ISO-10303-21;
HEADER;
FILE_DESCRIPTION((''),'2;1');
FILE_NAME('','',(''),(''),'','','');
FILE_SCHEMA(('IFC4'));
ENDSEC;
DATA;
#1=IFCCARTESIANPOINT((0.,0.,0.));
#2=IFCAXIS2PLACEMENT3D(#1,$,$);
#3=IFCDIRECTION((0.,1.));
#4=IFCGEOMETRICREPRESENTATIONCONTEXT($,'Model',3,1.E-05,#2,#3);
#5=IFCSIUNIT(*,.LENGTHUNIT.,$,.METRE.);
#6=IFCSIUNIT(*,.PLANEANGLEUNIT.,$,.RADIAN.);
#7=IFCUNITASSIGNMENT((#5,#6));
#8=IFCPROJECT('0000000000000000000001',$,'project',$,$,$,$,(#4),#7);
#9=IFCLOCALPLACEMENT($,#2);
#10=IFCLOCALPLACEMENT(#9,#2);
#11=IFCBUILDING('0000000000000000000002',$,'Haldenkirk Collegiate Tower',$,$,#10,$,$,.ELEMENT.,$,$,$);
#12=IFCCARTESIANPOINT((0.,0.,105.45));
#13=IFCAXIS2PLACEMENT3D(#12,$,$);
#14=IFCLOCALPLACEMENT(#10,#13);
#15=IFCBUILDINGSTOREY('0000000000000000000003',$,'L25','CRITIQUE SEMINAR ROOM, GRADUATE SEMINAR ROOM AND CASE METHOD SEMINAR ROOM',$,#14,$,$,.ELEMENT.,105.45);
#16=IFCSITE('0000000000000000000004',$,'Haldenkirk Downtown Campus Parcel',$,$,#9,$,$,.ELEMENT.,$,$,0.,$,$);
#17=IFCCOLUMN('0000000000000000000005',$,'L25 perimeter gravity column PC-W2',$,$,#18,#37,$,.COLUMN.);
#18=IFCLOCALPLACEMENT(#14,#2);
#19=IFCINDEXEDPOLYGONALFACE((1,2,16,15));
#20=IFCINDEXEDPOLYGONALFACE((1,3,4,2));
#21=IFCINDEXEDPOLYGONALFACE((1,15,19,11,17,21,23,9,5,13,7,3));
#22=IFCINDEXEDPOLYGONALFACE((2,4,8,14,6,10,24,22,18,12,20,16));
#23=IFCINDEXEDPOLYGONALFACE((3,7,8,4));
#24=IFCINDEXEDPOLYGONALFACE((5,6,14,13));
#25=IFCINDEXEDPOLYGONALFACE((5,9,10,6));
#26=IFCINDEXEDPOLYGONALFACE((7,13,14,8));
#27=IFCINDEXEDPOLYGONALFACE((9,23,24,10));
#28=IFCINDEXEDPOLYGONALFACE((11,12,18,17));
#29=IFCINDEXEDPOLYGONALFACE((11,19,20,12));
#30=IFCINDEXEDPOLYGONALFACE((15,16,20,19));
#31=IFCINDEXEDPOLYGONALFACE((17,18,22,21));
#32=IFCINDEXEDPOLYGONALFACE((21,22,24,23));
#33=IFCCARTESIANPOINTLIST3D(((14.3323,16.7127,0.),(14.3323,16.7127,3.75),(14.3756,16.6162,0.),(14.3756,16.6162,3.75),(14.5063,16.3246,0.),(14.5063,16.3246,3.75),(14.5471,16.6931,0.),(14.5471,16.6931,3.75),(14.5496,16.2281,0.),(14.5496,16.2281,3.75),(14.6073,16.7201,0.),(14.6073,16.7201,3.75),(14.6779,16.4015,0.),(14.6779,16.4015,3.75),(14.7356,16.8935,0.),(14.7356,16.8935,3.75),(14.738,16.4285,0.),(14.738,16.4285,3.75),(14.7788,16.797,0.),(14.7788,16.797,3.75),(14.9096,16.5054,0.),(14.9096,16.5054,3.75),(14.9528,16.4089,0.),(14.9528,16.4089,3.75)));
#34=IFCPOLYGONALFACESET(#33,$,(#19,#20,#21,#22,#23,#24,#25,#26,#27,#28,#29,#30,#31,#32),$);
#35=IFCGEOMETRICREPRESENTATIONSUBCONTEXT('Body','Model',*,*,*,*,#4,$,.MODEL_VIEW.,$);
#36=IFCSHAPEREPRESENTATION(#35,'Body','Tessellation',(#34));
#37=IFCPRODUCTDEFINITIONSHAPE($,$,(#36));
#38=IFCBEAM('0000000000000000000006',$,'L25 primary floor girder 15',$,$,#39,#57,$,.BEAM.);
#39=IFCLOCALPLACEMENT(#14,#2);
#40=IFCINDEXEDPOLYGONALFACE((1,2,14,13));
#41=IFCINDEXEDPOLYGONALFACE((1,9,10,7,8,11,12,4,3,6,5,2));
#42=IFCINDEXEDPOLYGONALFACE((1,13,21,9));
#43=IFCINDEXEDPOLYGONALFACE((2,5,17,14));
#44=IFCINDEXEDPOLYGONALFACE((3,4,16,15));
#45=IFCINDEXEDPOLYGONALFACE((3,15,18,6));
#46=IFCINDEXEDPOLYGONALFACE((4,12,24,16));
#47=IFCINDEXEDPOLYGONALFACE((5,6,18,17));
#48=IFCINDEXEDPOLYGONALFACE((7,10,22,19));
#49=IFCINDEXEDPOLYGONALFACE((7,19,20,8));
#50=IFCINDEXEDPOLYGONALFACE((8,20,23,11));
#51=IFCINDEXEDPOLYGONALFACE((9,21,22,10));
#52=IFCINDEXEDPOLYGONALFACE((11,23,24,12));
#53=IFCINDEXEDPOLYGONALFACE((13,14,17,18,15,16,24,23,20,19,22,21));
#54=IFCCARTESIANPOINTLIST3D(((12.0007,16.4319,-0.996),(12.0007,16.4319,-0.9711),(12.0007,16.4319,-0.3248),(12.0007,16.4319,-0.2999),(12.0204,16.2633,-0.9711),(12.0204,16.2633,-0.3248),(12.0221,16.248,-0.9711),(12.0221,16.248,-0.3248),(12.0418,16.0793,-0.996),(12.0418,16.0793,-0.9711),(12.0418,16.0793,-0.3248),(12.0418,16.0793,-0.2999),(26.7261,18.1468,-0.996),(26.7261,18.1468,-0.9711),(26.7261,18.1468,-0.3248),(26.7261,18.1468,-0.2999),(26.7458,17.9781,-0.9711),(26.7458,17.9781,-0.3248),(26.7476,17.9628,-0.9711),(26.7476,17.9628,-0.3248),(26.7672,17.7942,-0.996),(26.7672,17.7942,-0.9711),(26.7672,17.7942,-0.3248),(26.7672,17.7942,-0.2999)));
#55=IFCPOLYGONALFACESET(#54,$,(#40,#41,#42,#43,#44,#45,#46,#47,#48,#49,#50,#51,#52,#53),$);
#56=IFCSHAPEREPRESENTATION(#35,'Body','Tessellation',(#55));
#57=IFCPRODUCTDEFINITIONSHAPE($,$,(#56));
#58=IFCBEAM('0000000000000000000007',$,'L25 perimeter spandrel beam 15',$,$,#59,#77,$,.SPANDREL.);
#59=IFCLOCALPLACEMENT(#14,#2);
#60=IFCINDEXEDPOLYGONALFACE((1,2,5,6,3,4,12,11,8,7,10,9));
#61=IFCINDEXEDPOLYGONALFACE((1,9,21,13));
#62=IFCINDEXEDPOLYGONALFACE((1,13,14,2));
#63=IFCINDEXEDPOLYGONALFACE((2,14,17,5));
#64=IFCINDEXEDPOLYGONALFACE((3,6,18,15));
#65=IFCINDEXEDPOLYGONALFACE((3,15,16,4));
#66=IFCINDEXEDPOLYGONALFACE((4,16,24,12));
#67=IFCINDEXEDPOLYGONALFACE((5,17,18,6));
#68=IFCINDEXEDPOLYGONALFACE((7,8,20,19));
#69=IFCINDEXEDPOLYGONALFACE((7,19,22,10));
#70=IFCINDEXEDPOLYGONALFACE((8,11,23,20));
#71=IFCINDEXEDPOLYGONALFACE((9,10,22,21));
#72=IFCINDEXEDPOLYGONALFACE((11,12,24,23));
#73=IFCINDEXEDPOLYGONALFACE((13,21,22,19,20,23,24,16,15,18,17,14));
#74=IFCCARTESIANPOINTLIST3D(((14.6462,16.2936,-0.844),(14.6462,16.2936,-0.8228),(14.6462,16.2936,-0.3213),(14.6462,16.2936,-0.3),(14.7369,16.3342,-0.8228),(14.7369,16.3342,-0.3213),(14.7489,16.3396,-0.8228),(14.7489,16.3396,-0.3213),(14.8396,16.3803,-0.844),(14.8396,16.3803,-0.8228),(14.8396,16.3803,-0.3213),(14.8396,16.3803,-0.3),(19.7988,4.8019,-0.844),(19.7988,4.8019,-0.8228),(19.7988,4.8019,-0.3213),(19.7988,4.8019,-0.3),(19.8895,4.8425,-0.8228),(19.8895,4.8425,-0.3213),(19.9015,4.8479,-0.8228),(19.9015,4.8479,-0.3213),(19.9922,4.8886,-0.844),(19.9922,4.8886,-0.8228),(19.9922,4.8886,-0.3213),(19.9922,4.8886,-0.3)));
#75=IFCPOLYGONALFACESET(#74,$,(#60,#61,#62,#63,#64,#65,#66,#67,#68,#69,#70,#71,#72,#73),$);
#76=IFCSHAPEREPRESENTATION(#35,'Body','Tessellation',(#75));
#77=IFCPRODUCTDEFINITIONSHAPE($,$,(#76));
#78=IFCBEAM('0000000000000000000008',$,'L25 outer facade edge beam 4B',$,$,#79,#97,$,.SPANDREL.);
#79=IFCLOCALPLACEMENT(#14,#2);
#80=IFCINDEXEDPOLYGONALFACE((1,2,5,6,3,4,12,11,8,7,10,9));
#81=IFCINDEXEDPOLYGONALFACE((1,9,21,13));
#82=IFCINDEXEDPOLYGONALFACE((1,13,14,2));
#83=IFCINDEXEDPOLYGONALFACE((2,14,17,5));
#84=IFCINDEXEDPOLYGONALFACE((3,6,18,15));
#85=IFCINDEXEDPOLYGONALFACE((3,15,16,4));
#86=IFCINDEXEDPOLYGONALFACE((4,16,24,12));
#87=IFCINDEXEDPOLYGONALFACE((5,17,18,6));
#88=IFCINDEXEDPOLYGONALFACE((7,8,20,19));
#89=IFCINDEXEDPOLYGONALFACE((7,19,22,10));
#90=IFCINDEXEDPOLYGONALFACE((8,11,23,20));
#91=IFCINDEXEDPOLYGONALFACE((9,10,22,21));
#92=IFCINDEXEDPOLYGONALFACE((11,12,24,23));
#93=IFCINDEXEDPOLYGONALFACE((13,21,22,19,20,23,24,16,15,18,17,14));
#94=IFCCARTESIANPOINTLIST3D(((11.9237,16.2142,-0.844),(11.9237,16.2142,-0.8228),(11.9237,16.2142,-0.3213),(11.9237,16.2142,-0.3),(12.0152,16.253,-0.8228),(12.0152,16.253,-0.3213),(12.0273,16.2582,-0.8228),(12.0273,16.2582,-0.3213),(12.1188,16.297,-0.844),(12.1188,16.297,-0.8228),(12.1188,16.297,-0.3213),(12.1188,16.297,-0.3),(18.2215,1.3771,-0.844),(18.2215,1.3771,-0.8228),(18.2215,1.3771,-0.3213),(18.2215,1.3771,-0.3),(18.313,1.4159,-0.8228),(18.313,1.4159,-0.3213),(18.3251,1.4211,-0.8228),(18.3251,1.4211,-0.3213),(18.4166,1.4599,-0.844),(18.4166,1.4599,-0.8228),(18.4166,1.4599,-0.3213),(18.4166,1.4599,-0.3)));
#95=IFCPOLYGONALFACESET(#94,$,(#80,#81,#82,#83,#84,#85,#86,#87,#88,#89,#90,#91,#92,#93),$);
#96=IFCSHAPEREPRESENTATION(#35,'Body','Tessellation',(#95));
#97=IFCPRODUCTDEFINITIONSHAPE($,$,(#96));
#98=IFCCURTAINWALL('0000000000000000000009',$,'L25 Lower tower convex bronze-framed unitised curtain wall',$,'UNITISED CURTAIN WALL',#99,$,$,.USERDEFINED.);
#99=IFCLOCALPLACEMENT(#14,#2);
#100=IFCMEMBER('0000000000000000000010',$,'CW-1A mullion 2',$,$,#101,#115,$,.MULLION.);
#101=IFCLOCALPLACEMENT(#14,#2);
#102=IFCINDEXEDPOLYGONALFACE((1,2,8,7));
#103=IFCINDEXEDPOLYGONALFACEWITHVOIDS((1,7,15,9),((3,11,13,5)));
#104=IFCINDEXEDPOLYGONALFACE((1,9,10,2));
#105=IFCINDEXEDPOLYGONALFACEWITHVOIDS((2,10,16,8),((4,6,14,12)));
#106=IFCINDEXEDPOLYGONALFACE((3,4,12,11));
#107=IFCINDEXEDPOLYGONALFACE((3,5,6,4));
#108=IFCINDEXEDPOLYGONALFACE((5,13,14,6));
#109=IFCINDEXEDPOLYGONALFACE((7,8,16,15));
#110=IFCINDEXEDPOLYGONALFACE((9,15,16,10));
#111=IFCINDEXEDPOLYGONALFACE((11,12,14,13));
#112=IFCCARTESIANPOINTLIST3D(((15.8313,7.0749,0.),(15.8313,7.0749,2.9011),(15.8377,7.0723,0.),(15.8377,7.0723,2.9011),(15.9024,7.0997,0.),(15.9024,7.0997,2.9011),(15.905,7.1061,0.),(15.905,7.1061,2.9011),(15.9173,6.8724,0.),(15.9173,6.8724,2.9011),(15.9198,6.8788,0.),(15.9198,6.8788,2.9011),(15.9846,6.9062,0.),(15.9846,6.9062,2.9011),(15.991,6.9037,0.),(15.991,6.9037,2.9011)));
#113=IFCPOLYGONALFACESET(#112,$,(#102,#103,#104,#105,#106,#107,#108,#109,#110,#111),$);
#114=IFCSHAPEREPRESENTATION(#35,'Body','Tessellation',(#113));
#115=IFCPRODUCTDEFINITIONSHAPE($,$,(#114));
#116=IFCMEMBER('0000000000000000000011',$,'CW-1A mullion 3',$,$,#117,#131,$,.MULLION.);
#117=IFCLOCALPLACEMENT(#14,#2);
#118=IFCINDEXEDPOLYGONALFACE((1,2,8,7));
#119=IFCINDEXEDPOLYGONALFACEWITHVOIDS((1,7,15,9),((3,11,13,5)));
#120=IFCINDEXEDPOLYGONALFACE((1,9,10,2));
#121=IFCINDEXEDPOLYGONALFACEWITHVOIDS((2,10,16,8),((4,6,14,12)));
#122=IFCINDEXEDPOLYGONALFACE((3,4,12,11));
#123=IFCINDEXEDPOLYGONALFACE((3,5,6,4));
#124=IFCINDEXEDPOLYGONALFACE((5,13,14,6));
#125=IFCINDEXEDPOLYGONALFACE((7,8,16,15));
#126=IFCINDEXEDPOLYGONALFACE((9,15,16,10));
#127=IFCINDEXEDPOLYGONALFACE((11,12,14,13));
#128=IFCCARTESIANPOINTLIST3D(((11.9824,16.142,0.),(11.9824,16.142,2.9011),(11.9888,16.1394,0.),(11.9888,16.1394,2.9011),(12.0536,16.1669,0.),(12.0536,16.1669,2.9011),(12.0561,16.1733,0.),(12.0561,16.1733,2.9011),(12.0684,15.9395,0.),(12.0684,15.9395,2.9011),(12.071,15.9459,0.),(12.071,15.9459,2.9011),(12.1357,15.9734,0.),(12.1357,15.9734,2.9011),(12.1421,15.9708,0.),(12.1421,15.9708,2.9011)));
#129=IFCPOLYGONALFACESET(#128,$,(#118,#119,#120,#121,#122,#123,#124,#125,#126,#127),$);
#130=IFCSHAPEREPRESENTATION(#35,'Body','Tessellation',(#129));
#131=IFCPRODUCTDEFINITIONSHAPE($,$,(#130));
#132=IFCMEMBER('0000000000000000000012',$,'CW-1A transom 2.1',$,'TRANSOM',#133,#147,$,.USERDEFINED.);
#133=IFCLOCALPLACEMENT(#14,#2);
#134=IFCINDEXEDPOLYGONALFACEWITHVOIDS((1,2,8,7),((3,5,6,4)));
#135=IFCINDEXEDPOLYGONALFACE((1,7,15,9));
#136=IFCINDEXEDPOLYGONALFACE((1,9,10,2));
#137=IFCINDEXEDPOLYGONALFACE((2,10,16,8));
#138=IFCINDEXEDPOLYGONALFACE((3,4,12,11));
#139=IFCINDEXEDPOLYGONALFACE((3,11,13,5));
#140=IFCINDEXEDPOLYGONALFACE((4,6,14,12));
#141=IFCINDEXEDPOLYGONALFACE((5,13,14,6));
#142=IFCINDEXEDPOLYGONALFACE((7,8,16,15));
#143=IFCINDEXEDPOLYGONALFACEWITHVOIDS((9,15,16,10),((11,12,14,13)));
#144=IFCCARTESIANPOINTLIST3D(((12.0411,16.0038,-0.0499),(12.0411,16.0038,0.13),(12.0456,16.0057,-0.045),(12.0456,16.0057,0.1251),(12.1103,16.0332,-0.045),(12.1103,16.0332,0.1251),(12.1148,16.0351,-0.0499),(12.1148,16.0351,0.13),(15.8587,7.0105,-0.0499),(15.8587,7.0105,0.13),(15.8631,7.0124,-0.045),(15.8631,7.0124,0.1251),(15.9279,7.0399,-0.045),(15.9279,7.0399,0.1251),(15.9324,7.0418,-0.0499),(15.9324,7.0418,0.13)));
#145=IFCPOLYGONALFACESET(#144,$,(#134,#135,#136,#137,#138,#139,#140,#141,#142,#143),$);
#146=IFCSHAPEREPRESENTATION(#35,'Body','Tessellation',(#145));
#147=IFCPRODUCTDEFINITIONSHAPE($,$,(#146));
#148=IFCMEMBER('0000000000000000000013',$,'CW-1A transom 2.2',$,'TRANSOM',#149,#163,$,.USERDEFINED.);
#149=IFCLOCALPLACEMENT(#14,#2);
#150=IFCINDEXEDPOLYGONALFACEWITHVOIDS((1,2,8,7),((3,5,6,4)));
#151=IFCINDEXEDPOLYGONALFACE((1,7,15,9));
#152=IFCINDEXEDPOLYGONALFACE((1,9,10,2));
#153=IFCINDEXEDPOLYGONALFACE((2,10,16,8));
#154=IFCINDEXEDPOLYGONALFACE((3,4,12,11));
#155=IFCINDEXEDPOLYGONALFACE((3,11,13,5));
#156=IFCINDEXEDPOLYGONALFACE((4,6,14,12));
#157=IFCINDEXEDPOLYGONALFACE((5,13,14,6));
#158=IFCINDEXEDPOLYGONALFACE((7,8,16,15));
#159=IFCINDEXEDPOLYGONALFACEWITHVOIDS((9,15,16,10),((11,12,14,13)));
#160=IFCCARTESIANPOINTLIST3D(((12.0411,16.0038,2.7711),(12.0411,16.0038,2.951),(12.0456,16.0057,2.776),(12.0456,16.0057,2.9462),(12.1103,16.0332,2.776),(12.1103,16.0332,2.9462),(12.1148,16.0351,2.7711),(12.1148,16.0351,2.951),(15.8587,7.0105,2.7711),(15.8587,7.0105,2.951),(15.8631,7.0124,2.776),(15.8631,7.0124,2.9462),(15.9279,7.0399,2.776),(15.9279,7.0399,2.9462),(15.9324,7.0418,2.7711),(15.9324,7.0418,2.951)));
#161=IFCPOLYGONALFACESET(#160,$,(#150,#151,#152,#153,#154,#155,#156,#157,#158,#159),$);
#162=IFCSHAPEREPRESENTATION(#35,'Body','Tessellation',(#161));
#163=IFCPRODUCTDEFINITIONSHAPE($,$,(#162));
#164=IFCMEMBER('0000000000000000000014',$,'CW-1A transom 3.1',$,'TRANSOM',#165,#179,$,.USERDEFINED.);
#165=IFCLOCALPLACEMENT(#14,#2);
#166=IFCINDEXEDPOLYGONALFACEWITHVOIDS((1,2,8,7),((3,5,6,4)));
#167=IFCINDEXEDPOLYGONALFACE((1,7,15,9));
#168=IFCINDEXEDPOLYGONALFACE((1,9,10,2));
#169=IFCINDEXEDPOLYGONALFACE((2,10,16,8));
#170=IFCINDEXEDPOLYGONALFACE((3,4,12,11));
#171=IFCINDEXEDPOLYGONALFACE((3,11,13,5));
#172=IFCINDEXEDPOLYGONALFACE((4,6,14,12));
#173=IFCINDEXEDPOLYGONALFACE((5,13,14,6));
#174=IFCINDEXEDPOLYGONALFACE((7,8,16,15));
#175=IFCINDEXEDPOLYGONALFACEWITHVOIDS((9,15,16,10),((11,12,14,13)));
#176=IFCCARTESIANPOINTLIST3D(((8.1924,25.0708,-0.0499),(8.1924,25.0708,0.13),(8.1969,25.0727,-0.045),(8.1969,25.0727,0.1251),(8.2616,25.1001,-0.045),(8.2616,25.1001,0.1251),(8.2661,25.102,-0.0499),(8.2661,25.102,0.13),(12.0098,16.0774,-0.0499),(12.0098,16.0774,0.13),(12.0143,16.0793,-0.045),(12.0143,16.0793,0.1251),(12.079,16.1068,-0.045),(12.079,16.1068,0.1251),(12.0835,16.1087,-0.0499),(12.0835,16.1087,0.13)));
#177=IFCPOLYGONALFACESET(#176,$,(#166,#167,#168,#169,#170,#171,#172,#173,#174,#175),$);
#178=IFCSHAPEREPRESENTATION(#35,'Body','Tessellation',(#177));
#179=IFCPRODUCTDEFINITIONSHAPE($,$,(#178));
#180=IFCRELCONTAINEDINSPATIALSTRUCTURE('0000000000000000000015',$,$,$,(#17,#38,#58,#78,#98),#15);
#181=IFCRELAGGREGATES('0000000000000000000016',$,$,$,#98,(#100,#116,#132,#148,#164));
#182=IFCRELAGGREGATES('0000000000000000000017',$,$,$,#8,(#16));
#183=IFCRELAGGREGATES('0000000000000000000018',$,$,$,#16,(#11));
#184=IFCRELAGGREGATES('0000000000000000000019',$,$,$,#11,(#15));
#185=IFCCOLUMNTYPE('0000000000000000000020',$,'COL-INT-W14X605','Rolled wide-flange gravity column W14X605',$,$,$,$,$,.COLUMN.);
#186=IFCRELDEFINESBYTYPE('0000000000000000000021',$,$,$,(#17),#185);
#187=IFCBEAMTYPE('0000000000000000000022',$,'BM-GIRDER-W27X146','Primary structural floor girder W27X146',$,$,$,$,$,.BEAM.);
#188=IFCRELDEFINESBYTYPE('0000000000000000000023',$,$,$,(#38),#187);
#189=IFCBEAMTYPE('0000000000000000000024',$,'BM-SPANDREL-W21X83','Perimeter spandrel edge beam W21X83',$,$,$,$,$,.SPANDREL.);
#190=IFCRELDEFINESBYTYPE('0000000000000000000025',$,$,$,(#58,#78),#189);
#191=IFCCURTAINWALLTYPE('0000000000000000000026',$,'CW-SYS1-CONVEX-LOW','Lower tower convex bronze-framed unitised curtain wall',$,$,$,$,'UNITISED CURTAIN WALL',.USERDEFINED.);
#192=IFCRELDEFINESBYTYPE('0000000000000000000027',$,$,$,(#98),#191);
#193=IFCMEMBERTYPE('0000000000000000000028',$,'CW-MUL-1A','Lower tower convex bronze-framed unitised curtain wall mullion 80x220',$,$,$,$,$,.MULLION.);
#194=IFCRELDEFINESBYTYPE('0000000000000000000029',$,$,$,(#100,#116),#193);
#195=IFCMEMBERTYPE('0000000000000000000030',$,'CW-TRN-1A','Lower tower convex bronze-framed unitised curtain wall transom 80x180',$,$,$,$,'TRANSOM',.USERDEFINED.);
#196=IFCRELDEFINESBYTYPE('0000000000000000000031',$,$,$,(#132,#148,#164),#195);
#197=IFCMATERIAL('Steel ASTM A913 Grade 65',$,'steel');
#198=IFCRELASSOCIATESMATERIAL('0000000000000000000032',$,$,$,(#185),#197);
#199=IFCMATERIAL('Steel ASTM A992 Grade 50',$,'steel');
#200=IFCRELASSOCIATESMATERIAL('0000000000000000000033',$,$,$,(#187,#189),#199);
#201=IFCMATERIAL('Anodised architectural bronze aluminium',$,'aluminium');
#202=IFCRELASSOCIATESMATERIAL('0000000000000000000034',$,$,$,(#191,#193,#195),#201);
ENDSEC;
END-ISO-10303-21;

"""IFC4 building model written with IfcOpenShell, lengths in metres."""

from ifc_helpers import new_model, si_unit, direction, frame, origin, origin_2d, place, context, subcontext, project, spatial, hollow_rectangle, i_section, extrude, material, material_profile, profile_set, type_object, element, aggregate, save


model = new_model("IFC4")

# Units and contexts
model_context = context("Model", 3, precision=1e-05, world=origin(), true_north=direction((0.0, 1.0)))
body_context = subcontext(model_context, "Body", "Model", "MODEL_VIEW")
ifc_project = project(units=[si_unit("LENGTHUNIT", "METRE"), si_unit("PLANEANGLEUNIT", "RADIAN")], contexts=[model_context])

# Site, building, storey
site_placement = place(None, origin())
site = spatial("IfcSite", under=ifc_project, at=site_placement, Name="Haldenkirk Downtown Campus Parcel", CompositionType="ELEMENT", RefElevation=0.0)
building_placement = place(site_placement, origin())
building = spatial("IfcBuilding", under=site, at=building_placement, Name="Haldenkirk Collegiate Tower", CompositionType="ELEMENT")
storey_placement = place(building_placement, frame((0.0, 0.0, 105.45)))
storey = spatial("IfcBuildingStorey", under=building, at=storey_placement, Name="L25", Description="CRITIQUE SEMINAR ROOM, GRADUATE SEMINAR ROOM AND CASE METHOD SEMINAR ROOM", CompositionType="ELEMENT", Elevation=105.45)

# Column
ifc_material_1 = material(Name="Steel ASTM A913 Grade 65", Category="steel")
ifc_material_profile_1 = material_profile(ifc_material_1, i_section(OverallWidth=0.4419, OverallDepth=0.531, WebThickness=0.0659, FlangeThickness=0.1057, at=origin_2d()), Name="W14X605")
ifc_profile_set_1 = profile_set([ifc_material_profile_1], Name="Steel ASTM A913 Grade 65")
column_type = type_object("IfcColumnType", Name="COL-INT-W14X605", Description="Rolled wide-flange gravity column W14X605", PredefinedType="COLUMN", material=ifc_profile_set_1)
column_placement = place(storey_placement, frame((14.6426, 16.5608, 0.0), z_axis=(0.0, 0.0, 1.0), x_axis=(0.912477, 0.409127, 0.0)))
element("IfcColumn", 1, at=column_placement, inside=storey, type_object=column_type, Name="L25 perimeter gravity column PC-W2", PredefinedType="COLUMN", context=body_context, shape_type="SweptSolid", body=[
    extrude(i_section(OverallWidth=0.4419, OverallDepth=0.531, WebThickness=0.0659, FlangeThickness=0.1057, at=origin_2d()), origin(), (0.0, 0.0, 1.0), 3.75),
])

# Beams
ifc_material_2 = material(Name="Steel ASTM A992 Grade 50", Category="steel")
ifc_material_profile_2 = material_profile(ifc_material_2, i_section(OverallWidth=0.355, OverallDepth=0.696, WebThickness=0.0154, FlangeThickness=0.0249, at=origin_2d()), Name="W27X146")
ifc_profile_set_2 = profile_set([ifc_material_profile_2], Name="Steel ASTM A992 Grade 50")
beam_type_1 = type_object("IfcBeamType", Name="BM-GIRDER-W27X146", Description="Primary structural floor girder W27X146", PredefinedType="BEAM", material=ifc_profile_set_2)
beam_1_placement = place(storey_placement, frame((12.0212, 16.2556, -0.6479), z_axis=(0.993287, 0.115674, 0.0), x_axis=(-0.115674, 0.993287, 0.0)))
element("IfcBeam", 2, at=beam_1_placement, inside=storey, type_object=beam_type_1, Name="L25 primary floor girder 15", PredefinedType="BEAM", context=body_context, shape_type="SweptSolid", body=[
    extrude(i_section(OverallWidth=0.355, OverallDepth=0.696, WebThickness=0.0154, FlangeThickness=0.0249, at=origin_2d()), origin(), (0.0, 0.0, 1.0), 14.825),
])
ifc_material_profile_3 = material_profile(ifc_material_2, i_section(OverallWidth=0.2119, OverallDepth=0.5439, WebThickness=0.0132, FlangeThickness=0.0212, at=origin_2d()), Name="W21X83")
ifc_profile_set_3 = profile_set([ifc_material_profile_3], Name="Steel ASTM A992 Grade 50")
beam_type_2 = type_object("IfcBeamType", Name="BM-SPANDREL-W21X83", Description="Perimeter spandrel edge beam W21X83", PredefinedType="SPANDREL", material=ifc_profile_set_3)
beam_2_placement = place(storey_placement, frame((14.7429, 16.3369, -0.572), z_axis=(0.409131, -0.912476, 0.0), x_axis=(0.912476, 0.409131, 0.0)))
element("IfcBeam", 3, at=beam_2_placement, inside=storey, type_object=beam_type_2, Name="L25 perimeter spandrel beam 15", PredefinedType="SPANDREL", context=body_context, shape_type="SweptSolid", body=[
    extrude(i_section(OverallWidth=0.2119, OverallDepth=0.5439, WebThickness=0.0132, FlangeThickness=0.0212, at=origin_2d()), origin(), (0.0, 0.0, 1.0), 12.594),
])
beam_3_placement = place(storey_placement, frame((12.0212, 16.2556, -0.572), z_axis=(0.390723, -0.920508, 0.0), x_axis=(0.920508, 0.390723, 0.0)))
element("IfcBeam", 4, at=beam_3_placement, inside=storey, type_object=beam_type_2, Name="L25 outer facade edge beam 4B", PredefinedType="SPANDREL", context=body_context, shape_type="SweptSolid", body=[
    extrude(i_section(OverallWidth=0.2119, OverallDepth=0.5439, WebThickness=0.0132, FlangeThickness=0.0212, at=origin_2d()), origin(), (0.0, 0.0, 1.0), 16.1184),
])

# Curtain wall, members
ifc_material_3 = material(Name="Anodised architectural bronze aluminium", Category="aluminium")
curtain_wall_type = type_object("IfcCurtainWallType", Name="CW-SYS1-CONVEX-LOW", Description="Lower tower convex bronze-framed unitised curtain wall", ElementType="UNITISED CURTAIN WALL", PredefinedType="USERDEFINED", material=ifc_material_3)
curtain_wall_placement = place(storey_placement, origin())
curtain_wall = element("IfcCurtainWall", 5, at=curtain_wall_placement, inside=storey, type_object=curtain_wall_type, Name="L25 Lower tower convex bronze-framed unitised curtain wall", ObjectType="UNITISED CURTAIN WALL", PredefinedType="USERDEFINED")
ifc_material_profile_4 = material_profile(ifc_material_3, hollow_rectangle(XDim=0.0801, YDim=0.22, WallThickness=0.0049, at=origin_2d()), Name="CW-MUL-1A")
ifc_profile_set_4 = profile_set([ifc_material_profile_4], Name="Anodised architectural bronze aluminium")
member_type_1 = type_object("IfcMemberType", Name="CW-MUL-1A", Description="Lower tower convex bronze-framed unitised curtain wall mullion 80x220", PredefinedType="MULLION", material=ifc_profile_set_4)
member_1_placement = place(storey_placement, frame((15.9111, 6.9893, 0.0), z_axis=(0.0, 0.0, 1.0), x_axis=(-0.920505, -0.39073, 0.0)))
member_1 = element("IfcMember", 6, at=member_1_placement, type_object=member_type_1, Name="CW-1A mullion 2", PredefinedType="MULLION", context=body_context, shape_type="SweptSolid", body=[
    extrude(hollow_rectangle(XDim=0.0801, YDim=0.22, WallThickness=0.0049, at=origin_2d()), origin(), (0.0, 0.0, 1.0), 2.9011),
])
member_2_placement = place(storey_placement, frame((12.0623, 16.0564, 0.0), z_axis=(0.0, 0.0, 1.0), x_axis=(-0.920505, -0.39073, 0.0)))
member_2 = element("IfcMember", 7, at=member_2_placement, type_object=member_type_1, Name="CW-1A mullion 3", PredefinedType="MULLION", context=body_context, shape_type="SweptSolid", body=[
    extrude(hollow_rectangle(XDim=0.0801, YDim=0.22, WallThickness=0.0049, at=origin_2d()), origin(), (0.0, 0.0, 1.0), 2.9011),
])
ifc_material_profile_5 = material_profile(ifc_material_3, hollow_rectangle(XDim=0.0801, YDim=0.1799, WallThickness=0.0049, at=origin_2d()), Name="CW-TRN-1A")
ifc_profile_set_5 = profile_set([ifc_material_profile_5], Name="Anodised architectural bronze aluminium")
member_type_2 = type_object("IfcMemberType", Name="CW-TRN-1A", Description="Lower tower convex bronze-framed unitised curtain wall transom 80x180", ElementType="TRANSOM", PredefinedType="USERDEFINED", material=ifc_profile_set_5)
member_3_placement = place(storey_placement, frame((15.8955, 7.0261, 0.04), z_axis=(-0.390744, 0.920499, 0.0), x_axis=(-0.920499, -0.390744, 0.0)))
member_3 = element("IfcMember", 8, at=member_3_placement, type_object=member_type_2, Name="CW-1A transom 2.1", ObjectType="TRANSOM", PredefinedType="USERDEFINED", context=body_context, shape_type="SweptSolid", body=[
    extrude(hollow_rectangle(XDim=0.0801, YDim=0.1799, WallThickness=0.0049, at=origin_2d()), origin(), (0.0, 0.0, 1.0), 9.77),
])
member_4_placement = place(storey_placement, frame((15.8955, 7.0261, 2.8611), z_axis=(-0.390744, 0.920499, 0.0), x_axis=(-0.920499, -0.390744, 0.0)))
member_4 = element("IfcMember", 9, at=member_4_placement, type_object=member_type_2, Name="CW-1A transom 2.2", ObjectType="TRANSOM", PredefinedType="USERDEFINED", context=body_context, shape_type="SweptSolid", body=[
    extrude(hollow_rectangle(XDim=0.0801, YDim=0.1799, WallThickness=0.0049, at=origin_2d()), origin(), (0.0, 0.0, 1.0), 9.77),
])
member_5_placement = place(storey_placement, frame((12.0466, 16.093, 0.04), z_axis=(-0.390723, 0.920508, 0.0), x_axis=(-0.920508, -0.390723, 0.0)))
member_5 = element("IfcMember", 10, at=member_5_placement, type_object=member_type_2, Name="CW-1A transom 3.1", ObjectType="TRANSOM", PredefinedType="USERDEFINED", context=body_context, shape_type="SweptSolid", body=[
    extrude(hollow_rectangle(XDim=0.0801, YDim=0.1799, WallThickness=0.0049, at=origin_2d()), origin(), (0.0, 0.0, 1.0), 9.77),
])

aggregate(curtain_wall, [member_1, member_2, member_3, member_4, member_5])

save(model, "model.ifc")
